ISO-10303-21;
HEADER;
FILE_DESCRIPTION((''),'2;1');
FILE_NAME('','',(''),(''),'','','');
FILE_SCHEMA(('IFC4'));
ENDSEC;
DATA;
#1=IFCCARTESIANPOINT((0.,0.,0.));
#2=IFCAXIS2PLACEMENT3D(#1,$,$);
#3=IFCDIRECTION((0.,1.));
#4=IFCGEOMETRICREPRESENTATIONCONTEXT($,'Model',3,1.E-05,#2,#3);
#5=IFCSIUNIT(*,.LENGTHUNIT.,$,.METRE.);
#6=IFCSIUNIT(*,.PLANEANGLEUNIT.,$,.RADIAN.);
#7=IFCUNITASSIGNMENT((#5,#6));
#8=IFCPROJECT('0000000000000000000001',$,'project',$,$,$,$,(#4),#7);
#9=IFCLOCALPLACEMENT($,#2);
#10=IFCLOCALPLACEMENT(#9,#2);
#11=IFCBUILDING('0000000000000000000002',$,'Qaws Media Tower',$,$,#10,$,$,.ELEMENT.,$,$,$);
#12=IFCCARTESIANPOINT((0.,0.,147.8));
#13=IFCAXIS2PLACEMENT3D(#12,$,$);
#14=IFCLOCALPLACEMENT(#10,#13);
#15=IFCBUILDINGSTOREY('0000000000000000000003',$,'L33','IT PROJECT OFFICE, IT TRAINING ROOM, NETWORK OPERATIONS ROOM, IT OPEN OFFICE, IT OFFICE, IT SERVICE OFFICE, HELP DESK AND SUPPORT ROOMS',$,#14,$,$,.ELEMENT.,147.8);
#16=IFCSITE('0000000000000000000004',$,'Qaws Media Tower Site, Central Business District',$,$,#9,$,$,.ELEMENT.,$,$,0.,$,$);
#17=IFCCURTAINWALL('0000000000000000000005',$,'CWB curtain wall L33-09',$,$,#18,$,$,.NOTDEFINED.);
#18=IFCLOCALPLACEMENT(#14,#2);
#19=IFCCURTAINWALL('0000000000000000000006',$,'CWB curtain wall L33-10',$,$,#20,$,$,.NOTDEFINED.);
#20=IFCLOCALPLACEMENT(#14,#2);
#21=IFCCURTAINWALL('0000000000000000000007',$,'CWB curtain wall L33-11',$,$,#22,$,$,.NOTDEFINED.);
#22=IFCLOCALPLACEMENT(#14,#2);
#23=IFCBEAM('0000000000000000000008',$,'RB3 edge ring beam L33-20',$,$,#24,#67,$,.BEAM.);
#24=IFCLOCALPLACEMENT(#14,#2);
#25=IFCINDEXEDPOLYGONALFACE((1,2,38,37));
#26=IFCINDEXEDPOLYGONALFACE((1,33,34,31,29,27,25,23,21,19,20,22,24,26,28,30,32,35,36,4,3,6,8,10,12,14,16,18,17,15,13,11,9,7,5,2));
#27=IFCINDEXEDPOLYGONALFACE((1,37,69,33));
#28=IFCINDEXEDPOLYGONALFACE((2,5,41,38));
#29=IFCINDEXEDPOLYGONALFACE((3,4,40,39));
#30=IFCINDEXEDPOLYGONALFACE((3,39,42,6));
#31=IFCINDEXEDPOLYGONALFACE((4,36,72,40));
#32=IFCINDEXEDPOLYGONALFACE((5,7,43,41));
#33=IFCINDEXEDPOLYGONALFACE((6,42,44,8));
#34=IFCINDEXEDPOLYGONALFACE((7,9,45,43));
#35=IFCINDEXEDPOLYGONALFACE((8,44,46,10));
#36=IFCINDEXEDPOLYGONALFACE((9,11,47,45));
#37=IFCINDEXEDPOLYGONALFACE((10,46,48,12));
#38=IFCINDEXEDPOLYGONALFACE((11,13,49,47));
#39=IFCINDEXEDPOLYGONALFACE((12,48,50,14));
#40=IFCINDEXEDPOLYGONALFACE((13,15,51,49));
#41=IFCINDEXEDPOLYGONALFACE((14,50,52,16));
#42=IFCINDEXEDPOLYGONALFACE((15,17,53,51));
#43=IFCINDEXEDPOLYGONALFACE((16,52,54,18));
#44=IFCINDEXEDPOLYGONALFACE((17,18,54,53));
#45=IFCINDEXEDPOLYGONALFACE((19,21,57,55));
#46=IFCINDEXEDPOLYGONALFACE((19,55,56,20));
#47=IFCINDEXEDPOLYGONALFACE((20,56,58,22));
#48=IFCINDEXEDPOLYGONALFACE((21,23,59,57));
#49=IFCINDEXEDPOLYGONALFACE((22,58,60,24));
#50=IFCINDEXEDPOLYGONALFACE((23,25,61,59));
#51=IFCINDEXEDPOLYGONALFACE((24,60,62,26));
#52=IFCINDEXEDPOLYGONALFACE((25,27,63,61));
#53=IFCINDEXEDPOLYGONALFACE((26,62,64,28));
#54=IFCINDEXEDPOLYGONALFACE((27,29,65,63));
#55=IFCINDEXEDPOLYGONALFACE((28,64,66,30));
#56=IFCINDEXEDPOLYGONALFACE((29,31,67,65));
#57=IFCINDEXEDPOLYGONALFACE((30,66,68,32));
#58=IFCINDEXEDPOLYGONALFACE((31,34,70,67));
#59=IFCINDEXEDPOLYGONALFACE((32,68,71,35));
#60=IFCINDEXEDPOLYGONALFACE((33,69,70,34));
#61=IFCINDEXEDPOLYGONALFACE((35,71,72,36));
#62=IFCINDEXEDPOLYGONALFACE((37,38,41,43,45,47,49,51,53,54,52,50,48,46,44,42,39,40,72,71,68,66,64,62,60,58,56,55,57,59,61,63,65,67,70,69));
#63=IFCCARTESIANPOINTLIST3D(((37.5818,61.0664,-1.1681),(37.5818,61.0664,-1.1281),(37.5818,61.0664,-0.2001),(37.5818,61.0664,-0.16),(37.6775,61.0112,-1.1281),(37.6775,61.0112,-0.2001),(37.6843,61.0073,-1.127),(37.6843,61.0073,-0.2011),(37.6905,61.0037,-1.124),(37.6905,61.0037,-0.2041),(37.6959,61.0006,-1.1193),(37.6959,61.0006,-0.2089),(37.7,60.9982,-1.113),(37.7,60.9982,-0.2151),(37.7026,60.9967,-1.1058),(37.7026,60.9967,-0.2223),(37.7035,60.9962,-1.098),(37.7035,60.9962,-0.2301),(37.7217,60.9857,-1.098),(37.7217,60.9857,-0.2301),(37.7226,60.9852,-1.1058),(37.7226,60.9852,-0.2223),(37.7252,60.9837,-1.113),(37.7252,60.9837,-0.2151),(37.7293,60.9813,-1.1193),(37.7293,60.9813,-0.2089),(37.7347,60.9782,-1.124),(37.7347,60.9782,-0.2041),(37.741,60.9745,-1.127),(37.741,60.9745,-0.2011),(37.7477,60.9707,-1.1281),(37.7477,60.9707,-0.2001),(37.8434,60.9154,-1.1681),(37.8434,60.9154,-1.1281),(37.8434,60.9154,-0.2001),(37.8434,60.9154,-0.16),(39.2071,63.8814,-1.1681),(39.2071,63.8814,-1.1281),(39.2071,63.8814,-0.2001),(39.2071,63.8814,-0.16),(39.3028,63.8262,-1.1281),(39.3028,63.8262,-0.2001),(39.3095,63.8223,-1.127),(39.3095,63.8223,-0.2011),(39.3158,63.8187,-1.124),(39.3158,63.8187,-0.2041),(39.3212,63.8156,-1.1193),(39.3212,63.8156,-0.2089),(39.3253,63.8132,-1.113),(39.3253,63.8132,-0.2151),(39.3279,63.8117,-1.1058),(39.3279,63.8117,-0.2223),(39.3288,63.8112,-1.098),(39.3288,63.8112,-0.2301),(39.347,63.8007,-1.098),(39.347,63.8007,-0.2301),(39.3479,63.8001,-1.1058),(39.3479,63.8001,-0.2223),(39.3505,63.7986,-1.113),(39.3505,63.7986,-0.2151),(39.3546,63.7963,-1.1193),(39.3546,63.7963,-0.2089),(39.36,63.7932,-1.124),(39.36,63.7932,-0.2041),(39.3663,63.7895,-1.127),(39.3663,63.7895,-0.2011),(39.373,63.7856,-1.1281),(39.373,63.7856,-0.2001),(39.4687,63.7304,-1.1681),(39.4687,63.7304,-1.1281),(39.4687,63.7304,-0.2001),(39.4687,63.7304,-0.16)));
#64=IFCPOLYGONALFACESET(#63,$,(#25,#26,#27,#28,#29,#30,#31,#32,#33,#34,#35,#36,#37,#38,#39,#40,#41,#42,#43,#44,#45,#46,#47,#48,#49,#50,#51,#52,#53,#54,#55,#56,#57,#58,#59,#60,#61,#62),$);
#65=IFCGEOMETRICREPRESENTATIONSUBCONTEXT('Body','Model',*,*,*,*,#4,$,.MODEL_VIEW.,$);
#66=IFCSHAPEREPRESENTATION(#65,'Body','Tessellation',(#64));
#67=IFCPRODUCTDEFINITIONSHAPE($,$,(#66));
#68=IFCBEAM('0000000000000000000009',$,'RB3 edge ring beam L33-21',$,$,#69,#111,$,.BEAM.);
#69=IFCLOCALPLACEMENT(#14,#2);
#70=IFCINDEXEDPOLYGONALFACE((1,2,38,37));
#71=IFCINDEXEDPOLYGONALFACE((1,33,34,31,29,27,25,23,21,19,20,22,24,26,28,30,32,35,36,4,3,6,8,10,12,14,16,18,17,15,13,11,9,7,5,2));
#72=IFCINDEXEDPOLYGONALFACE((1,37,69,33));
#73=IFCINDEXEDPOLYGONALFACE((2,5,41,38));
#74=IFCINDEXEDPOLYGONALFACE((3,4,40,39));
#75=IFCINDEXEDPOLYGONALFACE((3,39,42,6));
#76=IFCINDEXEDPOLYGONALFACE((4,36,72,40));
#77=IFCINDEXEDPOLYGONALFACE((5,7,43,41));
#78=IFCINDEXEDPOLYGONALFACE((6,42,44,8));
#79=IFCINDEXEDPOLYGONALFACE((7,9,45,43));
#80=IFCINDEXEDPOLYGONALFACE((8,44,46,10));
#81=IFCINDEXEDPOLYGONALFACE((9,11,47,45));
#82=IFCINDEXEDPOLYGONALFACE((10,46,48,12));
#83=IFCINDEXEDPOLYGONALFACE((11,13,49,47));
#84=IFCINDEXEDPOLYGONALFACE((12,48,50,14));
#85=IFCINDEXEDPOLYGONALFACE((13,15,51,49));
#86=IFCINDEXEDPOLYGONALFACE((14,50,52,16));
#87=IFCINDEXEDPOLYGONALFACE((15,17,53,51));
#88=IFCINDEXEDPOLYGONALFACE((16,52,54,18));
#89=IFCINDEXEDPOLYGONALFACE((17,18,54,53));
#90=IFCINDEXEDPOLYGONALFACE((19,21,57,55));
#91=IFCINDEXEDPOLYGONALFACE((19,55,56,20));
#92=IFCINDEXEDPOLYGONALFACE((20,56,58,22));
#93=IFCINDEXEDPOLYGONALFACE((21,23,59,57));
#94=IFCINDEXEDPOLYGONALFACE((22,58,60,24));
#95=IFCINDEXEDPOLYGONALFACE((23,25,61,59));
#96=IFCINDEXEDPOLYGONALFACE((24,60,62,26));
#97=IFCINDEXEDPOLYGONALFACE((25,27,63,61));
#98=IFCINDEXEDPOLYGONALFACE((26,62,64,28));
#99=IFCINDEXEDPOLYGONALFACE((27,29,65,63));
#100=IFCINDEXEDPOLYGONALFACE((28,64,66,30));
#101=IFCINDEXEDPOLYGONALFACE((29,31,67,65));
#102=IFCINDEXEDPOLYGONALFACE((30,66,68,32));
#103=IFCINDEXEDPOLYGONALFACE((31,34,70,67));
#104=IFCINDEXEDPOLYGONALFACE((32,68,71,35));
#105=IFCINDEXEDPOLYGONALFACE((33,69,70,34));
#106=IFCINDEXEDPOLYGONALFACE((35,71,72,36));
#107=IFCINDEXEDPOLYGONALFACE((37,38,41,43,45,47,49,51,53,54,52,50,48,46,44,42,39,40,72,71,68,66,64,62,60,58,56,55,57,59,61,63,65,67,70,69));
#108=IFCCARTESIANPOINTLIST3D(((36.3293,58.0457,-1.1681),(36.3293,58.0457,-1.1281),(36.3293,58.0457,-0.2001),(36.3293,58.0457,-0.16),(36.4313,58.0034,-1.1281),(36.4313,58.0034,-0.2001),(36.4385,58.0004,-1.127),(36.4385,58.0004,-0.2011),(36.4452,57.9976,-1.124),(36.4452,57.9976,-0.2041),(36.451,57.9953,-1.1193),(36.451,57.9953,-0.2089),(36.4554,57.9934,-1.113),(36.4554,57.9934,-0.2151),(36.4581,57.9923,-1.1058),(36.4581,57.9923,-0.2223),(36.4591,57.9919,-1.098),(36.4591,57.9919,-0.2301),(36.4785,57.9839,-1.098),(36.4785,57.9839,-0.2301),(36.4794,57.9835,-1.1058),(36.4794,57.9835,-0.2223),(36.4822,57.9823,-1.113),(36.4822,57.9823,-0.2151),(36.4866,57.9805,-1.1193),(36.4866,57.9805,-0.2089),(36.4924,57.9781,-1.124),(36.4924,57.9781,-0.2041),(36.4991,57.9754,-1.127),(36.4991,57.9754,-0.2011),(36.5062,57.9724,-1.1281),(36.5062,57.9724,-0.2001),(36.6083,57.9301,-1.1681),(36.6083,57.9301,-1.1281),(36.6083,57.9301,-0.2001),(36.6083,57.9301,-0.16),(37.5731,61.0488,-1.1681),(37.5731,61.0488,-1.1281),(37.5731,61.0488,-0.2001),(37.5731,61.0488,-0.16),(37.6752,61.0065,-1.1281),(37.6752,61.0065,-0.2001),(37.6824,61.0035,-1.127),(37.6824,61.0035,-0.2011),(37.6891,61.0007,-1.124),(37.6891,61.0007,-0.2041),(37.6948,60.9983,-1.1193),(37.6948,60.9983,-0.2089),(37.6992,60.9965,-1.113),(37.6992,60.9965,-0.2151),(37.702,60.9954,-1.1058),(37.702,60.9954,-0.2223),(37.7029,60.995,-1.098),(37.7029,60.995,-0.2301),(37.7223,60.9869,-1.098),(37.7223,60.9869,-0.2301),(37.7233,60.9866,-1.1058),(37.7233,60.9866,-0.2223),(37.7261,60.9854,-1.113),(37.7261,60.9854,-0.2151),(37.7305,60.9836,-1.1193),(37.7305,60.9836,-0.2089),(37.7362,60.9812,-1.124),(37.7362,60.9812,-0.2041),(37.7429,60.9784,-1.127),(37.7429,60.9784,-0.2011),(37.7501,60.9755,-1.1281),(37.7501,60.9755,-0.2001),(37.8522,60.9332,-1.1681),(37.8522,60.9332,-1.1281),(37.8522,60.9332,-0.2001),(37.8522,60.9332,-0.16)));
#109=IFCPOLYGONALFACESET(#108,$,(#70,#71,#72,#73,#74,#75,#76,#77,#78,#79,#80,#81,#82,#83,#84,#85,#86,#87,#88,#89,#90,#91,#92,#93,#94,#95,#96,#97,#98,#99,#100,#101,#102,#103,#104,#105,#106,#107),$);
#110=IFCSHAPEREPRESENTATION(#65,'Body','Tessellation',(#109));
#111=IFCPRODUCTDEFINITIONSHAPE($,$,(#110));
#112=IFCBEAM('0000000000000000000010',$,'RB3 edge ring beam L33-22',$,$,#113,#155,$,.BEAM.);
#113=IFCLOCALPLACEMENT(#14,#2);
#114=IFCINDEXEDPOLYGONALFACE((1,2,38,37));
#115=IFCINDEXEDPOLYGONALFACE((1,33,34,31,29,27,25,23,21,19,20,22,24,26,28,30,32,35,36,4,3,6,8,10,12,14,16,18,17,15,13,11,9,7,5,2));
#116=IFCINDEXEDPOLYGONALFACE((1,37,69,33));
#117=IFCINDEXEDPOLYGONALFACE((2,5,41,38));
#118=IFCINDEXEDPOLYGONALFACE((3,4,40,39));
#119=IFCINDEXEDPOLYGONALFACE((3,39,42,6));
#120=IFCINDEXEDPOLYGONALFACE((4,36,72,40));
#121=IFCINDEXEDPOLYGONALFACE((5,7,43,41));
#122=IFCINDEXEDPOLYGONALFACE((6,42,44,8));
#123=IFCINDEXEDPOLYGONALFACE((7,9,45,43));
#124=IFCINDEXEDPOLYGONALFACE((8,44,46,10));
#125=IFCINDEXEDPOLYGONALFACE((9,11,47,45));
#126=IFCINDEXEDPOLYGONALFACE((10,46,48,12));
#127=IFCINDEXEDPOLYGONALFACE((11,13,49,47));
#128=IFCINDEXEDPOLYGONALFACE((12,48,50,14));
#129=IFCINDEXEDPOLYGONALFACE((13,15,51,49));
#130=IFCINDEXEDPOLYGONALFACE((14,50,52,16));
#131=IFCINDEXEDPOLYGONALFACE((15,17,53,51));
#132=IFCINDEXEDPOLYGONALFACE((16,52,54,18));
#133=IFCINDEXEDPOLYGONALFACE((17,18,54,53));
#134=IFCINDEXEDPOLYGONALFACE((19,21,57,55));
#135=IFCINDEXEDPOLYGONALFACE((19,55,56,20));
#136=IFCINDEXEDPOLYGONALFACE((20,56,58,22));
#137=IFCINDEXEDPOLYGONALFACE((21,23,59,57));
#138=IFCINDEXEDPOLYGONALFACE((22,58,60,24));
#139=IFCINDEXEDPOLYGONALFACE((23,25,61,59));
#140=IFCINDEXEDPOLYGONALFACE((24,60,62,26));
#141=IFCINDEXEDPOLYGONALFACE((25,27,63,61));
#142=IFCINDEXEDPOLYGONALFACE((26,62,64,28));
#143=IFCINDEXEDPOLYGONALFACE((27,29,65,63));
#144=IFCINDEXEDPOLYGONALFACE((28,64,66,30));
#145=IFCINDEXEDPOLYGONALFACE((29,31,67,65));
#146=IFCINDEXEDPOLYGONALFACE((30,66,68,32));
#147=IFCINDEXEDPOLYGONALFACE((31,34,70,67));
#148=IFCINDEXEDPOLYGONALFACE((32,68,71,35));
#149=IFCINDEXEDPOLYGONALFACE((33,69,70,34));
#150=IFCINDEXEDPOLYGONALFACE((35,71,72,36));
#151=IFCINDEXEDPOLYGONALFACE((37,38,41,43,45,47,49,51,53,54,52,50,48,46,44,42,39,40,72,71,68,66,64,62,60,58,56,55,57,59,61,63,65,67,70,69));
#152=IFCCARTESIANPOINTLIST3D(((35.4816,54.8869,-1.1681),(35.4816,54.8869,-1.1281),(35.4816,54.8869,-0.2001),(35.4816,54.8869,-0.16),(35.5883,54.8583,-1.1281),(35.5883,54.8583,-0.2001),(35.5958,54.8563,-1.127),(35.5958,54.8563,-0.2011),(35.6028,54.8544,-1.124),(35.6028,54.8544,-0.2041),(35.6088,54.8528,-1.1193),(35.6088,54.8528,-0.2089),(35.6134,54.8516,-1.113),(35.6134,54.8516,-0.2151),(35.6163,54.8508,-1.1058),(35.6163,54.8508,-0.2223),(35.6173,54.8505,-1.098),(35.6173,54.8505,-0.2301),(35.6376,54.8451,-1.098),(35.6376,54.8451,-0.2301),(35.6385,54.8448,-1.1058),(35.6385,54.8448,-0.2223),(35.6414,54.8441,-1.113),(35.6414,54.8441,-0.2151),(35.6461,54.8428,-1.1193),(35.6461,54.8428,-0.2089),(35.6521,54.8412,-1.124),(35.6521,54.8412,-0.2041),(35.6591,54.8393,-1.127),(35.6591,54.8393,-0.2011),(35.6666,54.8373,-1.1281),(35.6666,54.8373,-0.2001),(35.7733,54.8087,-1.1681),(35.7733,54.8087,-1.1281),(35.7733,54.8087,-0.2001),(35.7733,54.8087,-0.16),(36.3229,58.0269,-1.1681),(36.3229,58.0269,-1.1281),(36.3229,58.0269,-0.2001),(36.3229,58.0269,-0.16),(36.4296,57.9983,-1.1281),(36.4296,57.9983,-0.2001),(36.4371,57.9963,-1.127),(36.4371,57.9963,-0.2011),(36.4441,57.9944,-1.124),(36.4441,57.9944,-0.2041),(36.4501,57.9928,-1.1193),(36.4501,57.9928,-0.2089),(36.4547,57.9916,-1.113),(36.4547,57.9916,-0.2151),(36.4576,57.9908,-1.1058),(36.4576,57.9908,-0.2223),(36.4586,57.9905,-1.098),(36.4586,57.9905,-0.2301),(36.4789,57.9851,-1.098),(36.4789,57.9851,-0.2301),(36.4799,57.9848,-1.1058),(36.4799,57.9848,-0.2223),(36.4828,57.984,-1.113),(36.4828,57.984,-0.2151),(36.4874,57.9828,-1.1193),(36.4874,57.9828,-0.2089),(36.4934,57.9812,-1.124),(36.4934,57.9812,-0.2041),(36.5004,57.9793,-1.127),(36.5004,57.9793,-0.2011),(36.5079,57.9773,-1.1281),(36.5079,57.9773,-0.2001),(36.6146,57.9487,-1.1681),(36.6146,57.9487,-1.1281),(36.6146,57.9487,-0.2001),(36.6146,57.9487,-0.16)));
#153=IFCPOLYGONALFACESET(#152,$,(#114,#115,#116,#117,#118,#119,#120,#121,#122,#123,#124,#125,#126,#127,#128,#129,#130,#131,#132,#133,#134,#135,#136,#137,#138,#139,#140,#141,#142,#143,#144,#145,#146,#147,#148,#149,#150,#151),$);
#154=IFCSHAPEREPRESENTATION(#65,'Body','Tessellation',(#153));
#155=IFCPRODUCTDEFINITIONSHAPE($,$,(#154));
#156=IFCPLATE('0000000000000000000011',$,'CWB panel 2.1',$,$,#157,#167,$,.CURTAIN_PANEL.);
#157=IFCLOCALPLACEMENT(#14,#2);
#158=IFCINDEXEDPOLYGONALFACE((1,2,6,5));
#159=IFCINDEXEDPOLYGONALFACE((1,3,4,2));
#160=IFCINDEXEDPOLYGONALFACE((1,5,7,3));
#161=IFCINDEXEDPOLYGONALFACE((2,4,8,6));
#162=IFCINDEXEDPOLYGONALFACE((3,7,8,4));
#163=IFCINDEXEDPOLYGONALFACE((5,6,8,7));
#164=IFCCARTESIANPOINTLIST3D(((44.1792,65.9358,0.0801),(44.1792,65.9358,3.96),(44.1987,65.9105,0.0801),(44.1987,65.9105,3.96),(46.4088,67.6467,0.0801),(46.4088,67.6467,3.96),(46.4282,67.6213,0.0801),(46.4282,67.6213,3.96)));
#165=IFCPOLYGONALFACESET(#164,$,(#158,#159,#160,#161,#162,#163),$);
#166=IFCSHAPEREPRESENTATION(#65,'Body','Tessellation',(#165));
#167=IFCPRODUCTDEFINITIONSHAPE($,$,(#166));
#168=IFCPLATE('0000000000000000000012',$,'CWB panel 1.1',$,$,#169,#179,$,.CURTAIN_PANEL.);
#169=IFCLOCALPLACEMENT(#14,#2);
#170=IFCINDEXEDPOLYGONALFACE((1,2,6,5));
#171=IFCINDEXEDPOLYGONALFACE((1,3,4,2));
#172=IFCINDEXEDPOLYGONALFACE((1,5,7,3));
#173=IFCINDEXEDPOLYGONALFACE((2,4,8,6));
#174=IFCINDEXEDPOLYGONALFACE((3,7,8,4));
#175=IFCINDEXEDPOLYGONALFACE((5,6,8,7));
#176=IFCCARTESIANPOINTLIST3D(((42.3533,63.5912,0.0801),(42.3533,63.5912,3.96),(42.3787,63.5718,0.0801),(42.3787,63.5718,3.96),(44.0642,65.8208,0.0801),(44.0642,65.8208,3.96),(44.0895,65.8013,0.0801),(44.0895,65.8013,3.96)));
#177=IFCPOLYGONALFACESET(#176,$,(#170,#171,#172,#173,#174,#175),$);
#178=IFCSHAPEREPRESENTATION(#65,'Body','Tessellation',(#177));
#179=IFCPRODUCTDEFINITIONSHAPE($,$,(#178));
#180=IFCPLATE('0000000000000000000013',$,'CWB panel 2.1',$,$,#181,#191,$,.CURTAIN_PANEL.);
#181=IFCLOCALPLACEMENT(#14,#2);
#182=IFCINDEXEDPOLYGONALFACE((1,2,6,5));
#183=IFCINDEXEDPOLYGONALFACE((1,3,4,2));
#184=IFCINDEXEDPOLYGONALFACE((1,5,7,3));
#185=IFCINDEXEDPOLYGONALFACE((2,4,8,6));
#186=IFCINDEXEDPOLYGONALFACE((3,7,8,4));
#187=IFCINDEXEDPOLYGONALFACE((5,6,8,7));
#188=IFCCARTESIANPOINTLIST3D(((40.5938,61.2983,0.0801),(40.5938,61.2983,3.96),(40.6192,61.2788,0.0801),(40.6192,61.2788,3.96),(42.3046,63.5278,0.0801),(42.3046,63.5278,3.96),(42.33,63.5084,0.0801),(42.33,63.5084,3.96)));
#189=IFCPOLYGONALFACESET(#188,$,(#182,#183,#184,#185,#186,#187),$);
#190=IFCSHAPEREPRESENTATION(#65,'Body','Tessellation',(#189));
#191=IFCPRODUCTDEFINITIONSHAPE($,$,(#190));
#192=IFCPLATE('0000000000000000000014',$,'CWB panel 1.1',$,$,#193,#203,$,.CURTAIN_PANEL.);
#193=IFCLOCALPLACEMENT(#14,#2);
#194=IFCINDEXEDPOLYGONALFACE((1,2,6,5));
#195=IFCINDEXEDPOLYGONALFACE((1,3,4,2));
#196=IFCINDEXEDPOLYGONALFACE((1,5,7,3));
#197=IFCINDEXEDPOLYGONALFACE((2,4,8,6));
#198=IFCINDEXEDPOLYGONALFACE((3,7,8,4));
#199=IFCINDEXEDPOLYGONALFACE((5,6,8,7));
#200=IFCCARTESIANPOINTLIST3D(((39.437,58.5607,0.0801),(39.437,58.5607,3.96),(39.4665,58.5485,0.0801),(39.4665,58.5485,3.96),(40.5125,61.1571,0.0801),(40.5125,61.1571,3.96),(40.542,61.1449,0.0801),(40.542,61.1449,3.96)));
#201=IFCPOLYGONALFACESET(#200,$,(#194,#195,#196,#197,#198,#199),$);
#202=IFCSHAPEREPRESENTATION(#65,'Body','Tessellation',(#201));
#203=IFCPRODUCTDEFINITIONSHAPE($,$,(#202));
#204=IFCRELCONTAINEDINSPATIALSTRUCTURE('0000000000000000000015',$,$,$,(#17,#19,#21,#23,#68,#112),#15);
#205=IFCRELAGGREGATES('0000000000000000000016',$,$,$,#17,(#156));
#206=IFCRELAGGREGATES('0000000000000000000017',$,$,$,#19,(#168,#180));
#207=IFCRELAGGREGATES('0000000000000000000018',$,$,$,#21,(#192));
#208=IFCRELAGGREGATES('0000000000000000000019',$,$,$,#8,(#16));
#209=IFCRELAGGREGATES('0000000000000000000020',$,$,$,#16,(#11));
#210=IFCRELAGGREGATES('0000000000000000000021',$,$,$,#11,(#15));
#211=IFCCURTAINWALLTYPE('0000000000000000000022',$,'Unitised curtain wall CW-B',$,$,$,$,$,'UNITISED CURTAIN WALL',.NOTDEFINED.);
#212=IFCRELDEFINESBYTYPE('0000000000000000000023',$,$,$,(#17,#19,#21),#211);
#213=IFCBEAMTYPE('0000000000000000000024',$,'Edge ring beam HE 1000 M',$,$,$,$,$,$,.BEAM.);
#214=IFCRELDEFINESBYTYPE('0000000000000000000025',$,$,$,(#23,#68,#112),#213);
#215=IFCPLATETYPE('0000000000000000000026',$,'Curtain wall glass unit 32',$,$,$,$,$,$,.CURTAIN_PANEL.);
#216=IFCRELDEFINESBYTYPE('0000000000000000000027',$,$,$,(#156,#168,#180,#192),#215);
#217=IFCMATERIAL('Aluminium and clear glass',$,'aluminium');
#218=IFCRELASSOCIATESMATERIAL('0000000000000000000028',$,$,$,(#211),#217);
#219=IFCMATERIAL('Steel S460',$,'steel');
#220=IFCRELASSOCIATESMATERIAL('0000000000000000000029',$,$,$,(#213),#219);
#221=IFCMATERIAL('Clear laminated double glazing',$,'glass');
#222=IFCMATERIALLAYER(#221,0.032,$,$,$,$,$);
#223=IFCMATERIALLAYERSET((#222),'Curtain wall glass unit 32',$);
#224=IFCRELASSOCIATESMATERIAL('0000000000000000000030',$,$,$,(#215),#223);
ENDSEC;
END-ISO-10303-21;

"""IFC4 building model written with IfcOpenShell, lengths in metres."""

from ifc_helpers import new_model, si_unit, direction, frame, origin, origin_2d, place, context, subcontext, project, spatial, rectangle, i_section, extrude, material, layer, layer_set, material_profile, profile_set, type_object, element, aggregate, save


model = new_model("IFC4")

# Units and contexts
model_context = context("Model", 3, precision=1e-05, world=origin(), true_north=direction((0.0, 1.0)))
body_context = subcontext(model_context, "Body", "Model", "MODEL_VIEW")
ifc_project = project(units=[si_unit("LENGTHUNIT", "METRE"), si_unit("PLANEANGLEUNIT", "RADIAN")], contexts=[model_context])

# Site, building, storey
site_placement = place(None, origin())
site = spatial("IfcSite", under=ifc_project, at=site_placement, Name="Qaws Media Tower Site, Central Business District", CompositionType="ELEMENT", RefElevation=0.0)
building_placement = place(site_placement, origin())
building = spatial("IfcBuilding", under=site, at=building_placement, Name="Qaws Media Tower", CompositionType="ELEMENT")
storey_placement = place(building_placement, frame((0.0, 0.0, 147.8)))
storey = spatial("IfcBuildingStorey", under=building, at=storey_placement, Name="L33", Description="IT PROJECT OFFICE, IT TRAINING ROOM, NETWORK OPERATIONS ROOM, IT OPEN OFFICE, IT OFFICE, IT SERVICE OFFICE, HELP DESK AND SUPPORT ROOMS", CompositionType="ELEMENT", Elevation=147.8)

# Curtain wall
ifc_material_1 = material(Name="Aluminium and clear glass", Category="aluminium")
curtain_wall_type = type_object("IfcCurtainWallType", Name="Unitised curtain wall CW-B", ElementType="UNITISED CURTAIN WALL", PredefinedType="NOTDEFINED", material=ifc_material_1)
curtain_wall_1_placement = place(storey_placement, origin())
curtain_wall_1 = element("IfcCurtainWall", 1, at=curtain_wall_1_placement, inside=storey, type_object=curtain_wall_type, Name="CWB curtain wall L33-09", PredefinedType="NOTDEFINED")

# Curtain walls
curtain_wall_2_placement = place(storey_placement, origin())
curtain_wall_2 = element("IfcCurtainWall", 2, at=curtain_wall_2_placement, inside=storey, type_object=curtain_wall_type, Name="CWB curtain wall L33-10", PredefinedType="NOTDEFINED")
curtain_wall_3_placement = place(storey_placement, origin())
curtain_wall_3 = element("IfcCurtainWall", 3, at=curtain_wall_3_placement, inside=storey, type_object=curtain_wall_type, Name="CWB curtain wall L33-11", PredefinedType="NOTDEFINED")

# Beams
ifc_material_2 = material(Name="Steel S460", Category="steel")
ifc_material_profile_1 = material_profile(ifc_material_2, i_section(OverallWidth=0.302, OverallDepth=1.0081, WebThickness=0.021, FlangeThickness=0.04, FilletRadius=0.03, at=origin_2d()), Name="HE 1000 M")
ifc_profile_set_1 = profile_set([ifc_material_profile_1], Name="Steel S460")
beam_type = type_object("IfcBeamType", Name="Edge ring beam HE 1000 M", PredefinedType="BEAM", material=ifc_profile_set_1)
for number, where, z_axis, x_axis, name in (
    (4, (39.3379, 63.8059, -0.6641), (-0.500009, -0.86602, 0.0), (0.86602, -0.500009, 0.0), "RB3 edge ring beam L33-20"),
    (5, (37.7126, 60.991, -0.6641), (-0.382668, -0.923886, 0.0), (0.923886, -0.382668, 0.0), "RB3 edge ring beam L33-21"),
):
    element("IfcBeam", number, at=place(storey_placement, frame(where, z_axis=z_axis, x_axis=x_axis)), inside=storey, type_object=beam_type, Name=name, PredefinedType="BEAM", context=body_context, shape_type="SweptSolid", body=[
        extrude(i_section(OverallWidth=0.302, OverallDepth=1.0081, WebThickness=0.021, FlangeThickness=0.04, FilletRadius=0.03, at=origin_2d()), origin(), (0.0, 0.0, 1.0), 3.2505),
    ])
beam_1_placement = place(storey_placement, frame((36.4688, 57.9878, -0.6641), z_axis=(-0.258812, -0.965928, 0.0), x_axis=(0.965928, -0.258812, 0.0)))
element("IfcBeam", 6, at=beam_1_placement, inside=storey, type_object=beam_type, Name="RB3 edge ring beam L33-22", PredefinedType="BEAM", context=body_context, shape_type="SweptSolid", body=[
    extrude(i_section(OverallWidth=0.302, OverallDepth=1.0081, WebThickness=0.021, FlangeThickness=0.04, FilletRadius=0.03, at=origin_2d()), origin(), (0.0, 0.0, 1.0), 3.2507),
])

# Plates
ifc_material_3 = material(Name="Clear laminated double glazing", Category="glass")
ifc_layer_1 = layer(ifc_material_3, 0.032)
ifc_layer_set_1 = layer_set([ifc_layer_1], Name="Curtain wall glass unit 32")
plate_type_1 = type_object("IfcPlateType", Name="Curtain wall glass unit 32", PredefinedType="CURTAIN_PANEL", material=ifc_layer_set_1)
plate_1_placement = place(storey_placement, frame((45.3037, 66.7786, 0.0801), z_axis=(0.0, 0.0, 1.0), x_axis=(-0.793353, -0.608761, 0.0)))
plate_1 = element("IfcPlate", 7, at=plate_1_placement, type_object=plate_type_1, Name="CWB panel 2.1", PredefinedType="CURTAIN_PANEL", context=body_context, shape_type="SweptSolid", body=[
    extrude(rectangle(XDim=2.8103, YDim=0.032, at=origin_2d()), origin(), (0.0, 0.0, 1.0), 3.8799),
])
aggregate(curtain_wall_1, [plate_1])
plate_2_placement = place(storey_placement, frame((43.2214, 64.6963, 0.0801), z_axis=(0.0, 0.0, 1.0), x_axis=(-0.608761, -0.793353, 0.0)))
plate_2 = element("IfcPlate", 8, at=plate_2_placement, type_object=plate_type_1, Name="CWB panel 1.1", PredefinedType="CURTAIN_PANEL", context=body_context, shape_type="SweptSolid", body=[
    extrude(rectangle(XDim=2.8103, YDim=0.032, at=origin_2d()), origin(), (0.0, 0.0, 1.0), 3.8799),
])
plate_3_placement = place(storey_placement, frame((41.4619, 62.4033, 0.0801), z_axis=(0.0, 0.0, 1.0), x_axis=(-0.608761, -0.793353, 0.0)))
plate_3 = element("IfcPlate", 9, at=plate_3_placement, type_object=plate_type_1, Name="CWB panel 2.1", PredefinedType="CURTAIN_PANEL", context=body_context, shape_type="SweptSolid", body=[
    extrude(rectangle(XDim=2.8103, YDim=0.032, at=origin_2d()), origin(), (0.0, 0.0, 1.0), 3.8799),
])
aggregate(curtain_wall_2, [plate_2, plate_3])
plate_4_placement = place(storey_placement, frame((39.9895, 59.8528, 0.0801), z_axis=(0.0, 0.0, 1.0), x_axis=(-0.382684, -0.923879, 0.0)))
plate_4 = element("IfcPlate", 10, at=plate_4_placement, type_object=plate_type_1, Name="CWB panel 1.1", PredefinedType="CURTAIN_PANEL", context=body_context, shape_type="SweptSolid", body=[
    extrude(rectangle(XDim=2.8103, YDim=0.032, at=origin_2d()), origin(), (0.0, 0.0, 1.0), 3.8799),
])
aggregate(curtain_wall_3, [plate_4])

save(model, "model.ifc")
